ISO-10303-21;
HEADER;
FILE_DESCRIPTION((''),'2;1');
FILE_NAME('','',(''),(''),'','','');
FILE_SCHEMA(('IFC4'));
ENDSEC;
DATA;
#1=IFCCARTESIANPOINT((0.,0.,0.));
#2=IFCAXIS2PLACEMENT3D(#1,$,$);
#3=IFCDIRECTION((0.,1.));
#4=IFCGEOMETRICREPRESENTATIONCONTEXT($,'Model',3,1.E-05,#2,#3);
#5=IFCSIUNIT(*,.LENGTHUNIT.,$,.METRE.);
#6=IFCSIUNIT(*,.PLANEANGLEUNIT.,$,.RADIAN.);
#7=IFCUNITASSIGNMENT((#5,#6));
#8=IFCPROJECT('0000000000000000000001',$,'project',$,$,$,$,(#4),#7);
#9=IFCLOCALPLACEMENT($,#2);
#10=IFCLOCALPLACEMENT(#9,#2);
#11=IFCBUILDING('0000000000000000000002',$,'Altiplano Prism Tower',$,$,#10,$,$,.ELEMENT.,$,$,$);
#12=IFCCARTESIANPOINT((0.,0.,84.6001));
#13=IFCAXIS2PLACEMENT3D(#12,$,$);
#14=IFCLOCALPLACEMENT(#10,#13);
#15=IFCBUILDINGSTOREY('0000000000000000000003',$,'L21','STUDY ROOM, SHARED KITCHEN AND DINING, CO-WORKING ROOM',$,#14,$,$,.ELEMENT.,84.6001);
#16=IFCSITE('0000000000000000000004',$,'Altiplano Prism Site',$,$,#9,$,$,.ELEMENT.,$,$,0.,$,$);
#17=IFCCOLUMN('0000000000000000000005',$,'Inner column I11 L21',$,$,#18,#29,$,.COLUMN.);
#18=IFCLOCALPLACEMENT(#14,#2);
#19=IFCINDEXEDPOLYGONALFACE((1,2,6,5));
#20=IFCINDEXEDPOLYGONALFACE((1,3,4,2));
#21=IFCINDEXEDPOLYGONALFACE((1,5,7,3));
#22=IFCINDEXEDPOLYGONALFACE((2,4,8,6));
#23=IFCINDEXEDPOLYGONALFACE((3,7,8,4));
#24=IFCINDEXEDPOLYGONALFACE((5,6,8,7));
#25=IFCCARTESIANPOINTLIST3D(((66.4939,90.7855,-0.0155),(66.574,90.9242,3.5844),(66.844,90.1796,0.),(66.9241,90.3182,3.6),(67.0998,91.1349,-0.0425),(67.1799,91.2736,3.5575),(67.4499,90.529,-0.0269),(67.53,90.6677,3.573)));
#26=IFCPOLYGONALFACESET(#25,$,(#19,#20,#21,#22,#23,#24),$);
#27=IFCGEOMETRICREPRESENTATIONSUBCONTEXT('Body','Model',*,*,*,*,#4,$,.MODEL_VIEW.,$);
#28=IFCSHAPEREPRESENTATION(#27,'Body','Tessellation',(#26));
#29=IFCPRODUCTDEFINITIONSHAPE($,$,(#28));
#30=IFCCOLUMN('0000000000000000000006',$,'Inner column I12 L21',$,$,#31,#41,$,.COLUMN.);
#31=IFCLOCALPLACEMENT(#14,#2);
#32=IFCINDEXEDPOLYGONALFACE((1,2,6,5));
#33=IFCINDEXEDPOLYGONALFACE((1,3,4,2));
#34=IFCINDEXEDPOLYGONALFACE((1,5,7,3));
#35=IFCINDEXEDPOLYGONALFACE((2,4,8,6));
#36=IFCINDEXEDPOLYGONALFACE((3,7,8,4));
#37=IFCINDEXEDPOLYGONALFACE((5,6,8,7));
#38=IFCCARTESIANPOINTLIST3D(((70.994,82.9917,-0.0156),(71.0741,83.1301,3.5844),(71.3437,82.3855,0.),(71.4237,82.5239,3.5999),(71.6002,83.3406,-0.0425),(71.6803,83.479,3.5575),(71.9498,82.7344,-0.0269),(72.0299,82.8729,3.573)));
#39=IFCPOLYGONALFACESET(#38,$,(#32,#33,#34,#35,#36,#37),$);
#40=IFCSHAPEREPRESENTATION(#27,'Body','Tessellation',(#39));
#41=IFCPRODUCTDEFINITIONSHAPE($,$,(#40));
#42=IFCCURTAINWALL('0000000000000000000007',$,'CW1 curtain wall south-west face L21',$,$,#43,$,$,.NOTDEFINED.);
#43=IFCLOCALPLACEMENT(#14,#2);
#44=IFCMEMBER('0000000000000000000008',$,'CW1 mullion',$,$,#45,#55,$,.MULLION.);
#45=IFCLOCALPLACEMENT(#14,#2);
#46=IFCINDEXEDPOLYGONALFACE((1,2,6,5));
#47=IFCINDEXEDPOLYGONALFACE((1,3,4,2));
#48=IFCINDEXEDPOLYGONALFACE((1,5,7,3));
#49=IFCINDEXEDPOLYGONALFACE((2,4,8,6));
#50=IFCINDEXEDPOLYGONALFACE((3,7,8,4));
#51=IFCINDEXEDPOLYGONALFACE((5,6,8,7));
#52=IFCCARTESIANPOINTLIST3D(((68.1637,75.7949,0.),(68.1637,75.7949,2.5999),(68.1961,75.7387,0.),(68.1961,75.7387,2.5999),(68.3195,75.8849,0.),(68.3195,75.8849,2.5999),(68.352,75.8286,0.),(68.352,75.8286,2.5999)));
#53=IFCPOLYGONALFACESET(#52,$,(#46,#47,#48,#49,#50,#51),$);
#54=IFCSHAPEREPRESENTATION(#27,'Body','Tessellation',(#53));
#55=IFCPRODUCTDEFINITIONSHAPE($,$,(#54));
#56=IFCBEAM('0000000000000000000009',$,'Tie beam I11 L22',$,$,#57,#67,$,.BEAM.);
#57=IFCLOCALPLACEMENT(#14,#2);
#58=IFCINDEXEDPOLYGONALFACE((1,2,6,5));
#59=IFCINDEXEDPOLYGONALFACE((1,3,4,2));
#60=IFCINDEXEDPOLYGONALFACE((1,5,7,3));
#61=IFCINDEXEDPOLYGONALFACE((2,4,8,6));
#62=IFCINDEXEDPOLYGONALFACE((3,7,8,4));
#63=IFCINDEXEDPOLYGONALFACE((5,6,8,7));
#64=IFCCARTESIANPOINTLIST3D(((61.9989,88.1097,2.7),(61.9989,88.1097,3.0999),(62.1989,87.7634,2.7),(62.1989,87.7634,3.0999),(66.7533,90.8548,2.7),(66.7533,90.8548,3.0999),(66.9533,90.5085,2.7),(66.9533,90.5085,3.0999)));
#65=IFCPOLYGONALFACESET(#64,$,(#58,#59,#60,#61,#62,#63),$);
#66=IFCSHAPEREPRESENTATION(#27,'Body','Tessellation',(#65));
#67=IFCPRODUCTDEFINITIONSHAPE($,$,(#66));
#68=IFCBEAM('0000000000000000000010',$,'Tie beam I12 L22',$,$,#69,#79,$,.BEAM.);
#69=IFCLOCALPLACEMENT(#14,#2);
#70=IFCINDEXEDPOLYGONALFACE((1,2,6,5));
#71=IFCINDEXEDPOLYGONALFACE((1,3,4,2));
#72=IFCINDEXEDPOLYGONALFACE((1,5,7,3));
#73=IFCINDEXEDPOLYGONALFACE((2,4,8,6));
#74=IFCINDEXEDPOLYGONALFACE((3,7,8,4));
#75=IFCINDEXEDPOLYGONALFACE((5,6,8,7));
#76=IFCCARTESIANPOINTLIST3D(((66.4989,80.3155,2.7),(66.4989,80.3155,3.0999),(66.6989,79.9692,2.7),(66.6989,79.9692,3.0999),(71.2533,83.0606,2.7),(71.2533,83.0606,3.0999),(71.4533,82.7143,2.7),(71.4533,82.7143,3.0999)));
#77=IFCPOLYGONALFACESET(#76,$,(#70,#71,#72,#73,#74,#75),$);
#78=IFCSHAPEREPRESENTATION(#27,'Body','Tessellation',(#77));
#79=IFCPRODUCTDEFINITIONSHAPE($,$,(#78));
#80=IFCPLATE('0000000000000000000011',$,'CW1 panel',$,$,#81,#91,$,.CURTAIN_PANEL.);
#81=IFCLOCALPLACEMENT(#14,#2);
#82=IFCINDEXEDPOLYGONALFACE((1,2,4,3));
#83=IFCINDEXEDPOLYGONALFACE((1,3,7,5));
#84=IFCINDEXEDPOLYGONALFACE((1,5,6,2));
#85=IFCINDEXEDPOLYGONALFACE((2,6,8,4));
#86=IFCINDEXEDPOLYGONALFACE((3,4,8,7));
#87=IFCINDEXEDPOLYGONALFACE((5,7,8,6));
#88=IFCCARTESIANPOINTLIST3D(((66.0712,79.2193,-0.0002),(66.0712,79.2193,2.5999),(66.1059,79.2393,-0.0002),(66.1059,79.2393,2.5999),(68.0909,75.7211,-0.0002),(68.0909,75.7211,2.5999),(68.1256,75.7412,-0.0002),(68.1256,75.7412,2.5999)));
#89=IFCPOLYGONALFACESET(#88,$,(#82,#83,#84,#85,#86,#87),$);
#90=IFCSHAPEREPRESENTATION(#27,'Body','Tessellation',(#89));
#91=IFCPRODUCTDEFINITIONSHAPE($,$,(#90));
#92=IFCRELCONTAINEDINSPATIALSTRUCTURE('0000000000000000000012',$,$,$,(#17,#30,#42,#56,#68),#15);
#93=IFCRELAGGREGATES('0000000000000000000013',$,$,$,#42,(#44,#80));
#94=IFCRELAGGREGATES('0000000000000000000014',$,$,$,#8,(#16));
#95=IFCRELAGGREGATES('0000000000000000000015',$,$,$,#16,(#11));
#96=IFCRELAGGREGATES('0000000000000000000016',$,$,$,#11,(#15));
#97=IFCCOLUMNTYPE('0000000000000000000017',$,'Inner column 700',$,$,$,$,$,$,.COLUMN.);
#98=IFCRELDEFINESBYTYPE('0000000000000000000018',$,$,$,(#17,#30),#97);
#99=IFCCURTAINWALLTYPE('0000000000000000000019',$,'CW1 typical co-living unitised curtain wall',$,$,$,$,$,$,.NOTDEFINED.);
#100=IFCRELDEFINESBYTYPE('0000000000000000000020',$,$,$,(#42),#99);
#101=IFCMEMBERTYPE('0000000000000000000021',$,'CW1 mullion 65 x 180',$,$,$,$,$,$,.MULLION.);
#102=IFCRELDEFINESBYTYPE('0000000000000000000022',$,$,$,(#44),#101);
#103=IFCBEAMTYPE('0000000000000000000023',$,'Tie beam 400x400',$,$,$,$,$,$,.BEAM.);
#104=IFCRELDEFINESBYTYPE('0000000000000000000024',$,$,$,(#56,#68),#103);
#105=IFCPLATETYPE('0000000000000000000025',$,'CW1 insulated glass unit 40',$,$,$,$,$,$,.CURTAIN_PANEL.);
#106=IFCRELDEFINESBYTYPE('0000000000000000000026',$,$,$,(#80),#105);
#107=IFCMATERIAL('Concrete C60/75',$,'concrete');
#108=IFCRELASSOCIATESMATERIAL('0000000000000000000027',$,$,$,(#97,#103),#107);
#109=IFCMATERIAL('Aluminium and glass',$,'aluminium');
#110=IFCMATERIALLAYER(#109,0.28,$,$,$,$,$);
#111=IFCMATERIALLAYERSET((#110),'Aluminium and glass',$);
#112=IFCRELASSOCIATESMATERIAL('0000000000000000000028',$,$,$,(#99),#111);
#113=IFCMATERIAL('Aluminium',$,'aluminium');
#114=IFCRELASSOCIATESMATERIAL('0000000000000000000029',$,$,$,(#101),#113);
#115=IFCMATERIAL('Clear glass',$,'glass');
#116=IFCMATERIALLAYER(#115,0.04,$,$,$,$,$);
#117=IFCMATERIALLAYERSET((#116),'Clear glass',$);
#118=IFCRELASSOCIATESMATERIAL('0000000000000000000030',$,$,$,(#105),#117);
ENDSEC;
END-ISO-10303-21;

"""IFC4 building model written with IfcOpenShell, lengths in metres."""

from ifc_helpers import new_model, si_unit, direction, frame, origin, origin_2d, place, context, subcontext, project, spatial, rectangle, extrude, material, layer, layer_set, material_profile, profile_set, type_object, element, aggregate, save


model = new_model("IFC4")

# Units and contexts
model_context = context("Model", 3, precision=1e-05, world=origin(), true_north=direction((0.0, 1.0)))
body_context = subcontext(model_context, "Body", "Model", "MODEL_VIEW")
ifc_project = project(units=[si_unit("LENGTHUNIT", "METRE"), si_unit("PLANEANGLEUNIT", "RADIAN")], contexts=[model_context])

# Site, building, storey
site_placement = place(None, origin())
site = spatial("IfcSite", under=ifc_project, at=site_placement, Name="Altiplano Prism Site", CompositionType="ELEMENT", RefElevation=0.0)
building_placement = place(site_placement, origin())
building = spatial("IfcBuilding", under=site, at=building_placement, Name="Altiplano Prism Tower", CompositionType="ELEMENT")
storey_placement = place(building_placement, frame((0.0, 0.0, 84.6001)))
storey = spatial("IfcBuildingStorey", under=building, at=storey_placement, Name="L21", Description="STUDY ROOM, SHARED KITCHEN AND DINING, CO-WORKING ROOM", CompositionType="ELEMENT", Elevation=84.6001)

# Columns
ifc_material_1 = material(Name="Concrete C60/75", Category="concrete")
ifc_material_profile_1 = material_profile(ifc_material_1, rectangle(XDim=0.7, YDim=0.7, at=origin_2d()), Name="Inner column 700")
ifc_profile_set_1 = profile_set([ifc_material_profile_1], Name="Concrete C60/75")
column_type = type_object("IfcColumnType", Name="Inner column 700", PredefinedType="COLUMN", material=ifc_profile_set_1)
for number, where, z_axis, x_axis, name in (
    (1, (66.9719, 90.6572, -0.0212), (0.022223, 0.038483, 0.999012), (-0.865642, -0.499182, 0.038485), "Inner column I11 L21"),
    (2, (71.4719, 82.863, -0.0212), (0.022223, 0.038416, 0.999015), (-0.866024, -0.498523, 0.038435), "Inner column I12 L21"),
):
    element("IfcColumn", number, at=place(storey_placement, frame(where, z_axis=z_axis, x_axis=x_axis)), inside=storey, type_object=column_type, Name=name, PredefinedType="COLUMN", context=body_context, shape_type="SweptSolid", body=[
        extrude(rectangle(XDim=0.7, YDim=0.7, at=origin_2d()), origin(), (0.0, 0.0, 1.0), 3.6035),
    ])

# Curtain wall, member
ifc_material_2 = material(Name="Aluminium and glass", Category="aluminium")
ifc_layer_1 = layer(ifc_material_2, 0.28)
ifc_layer_set_1 = layer_set([ifc_layer_1], Name="Aluminium and glass")
curtain_wall_type = type_object("IfcCurtainWallType", Name="CW1 typical co-living unitised curtain wall", PredefinedType="NOTDEFINED", material=ifc_layer_set_1)
curtain_wall_placement = place(storey_placement, origin())
curtain_wall = element("IfcCurtainWall", 3, at=curtain_wall_placement, inside=storey, type_object=curtain_wall_type, Name="CW1 curtain wall south-west face L21", PredefinedType="NOTDEFINED")
ifc_material_3 = material(Name="Aluminium", Category="aluminium")
ifc_material_profile_2 = material_profile(ifc_material_3, rectangle(XDim=0.1799, YDim=0.0649, at=origin_2d()), Name="CW1 mullion 65 x 180")
ifc_profile_set_2 = profile_set([ifc_material_profile_2], Name="Aluminium")
member_type = type_object("IfcMemberType", Name="CW1 mullion 65 x 180", PredefinedType="MULLION", material=ifc_profile_set_2)
member_placement = place(storey_placement, frame((68.2578, 75.8118, 0.0), z_axis=(0.0, 0.0, 1.0), x_axis=(0.866025, 0.5, 0.0)))
member = element("IfcMember", 4, at=member_placement, type_object=member_type, Name="CW1 mullion", PredefinedType="MULLION", context=body_context, shape_type="SweptSolid", body=[
    extrude(rectangle(XDim=0.1799, YDim=0.0649, at=origin_2d()), origin(), (0.0, 0.0, 1.0), 2.5999),
])

# Beams
ifc_material_profile_3 = material_profile(ifc_material_1, rectangle(XDim=0.3999, YDim=0.3999, at=origin_2d()), Name="Tie beam 400x400")
ifc_profile_set_3 = profile_set([ifc_material_profile_3], Name="Concrete C60/75")
beam_type = type_object("IfcBeamType", Name="Tie beam 400x400", PredefinedType="BEAM", material=ifc_profile_set_3)
for number, where, z_axis, x_axis, name in (
    (5, (66.8533, 90.6816, 2.8999), (-0.866012, -0.500023, 0.0), (0.500023, -0.866012, 0.0), "Tie beam I11 L22"),
    (6, (71.3533, 82.8875, 2.8999), (-0.866012, -0.500023, 0.0), (0.500023, -0.866012, 0.0), "Tie beam I12 L22"),
):
    element("IfcBeam", number, at=place(storey_placement, frame(where, z_axis=z_axis, x_axis=x_axis)), inside=storey, type_object=beam_type, Name=name, PredefinedType="BEAM", context=body_context, shape_type="SweptSolid", body=[
        extrude(rectangle(XDim=0.3999, YDim=0.3999, at=origin_2d()), origin(), (0.0, 0.0, 1.0), 5.49),
    ])

# Plate
ifc_material_4 = material(Name="Clear glass", Category="glass")
ifc_layer_2 = layer(ifc_material_4, 0.04)
ifc_layer_set_2 = layer_set([ifc_layer_2], Name="Clear glass")
plate_type = type_object("IfcPlateType", Name="CW1 insulated glass unit 40", PredefinedType="CURTAIN_PANEL", material=ifc_layer_set_2)
plate_placement = place(storey_placement, frame((67.0984, 77.4802, -0.0002), z_axis=(0.0, 0.0, 1.0), x_axis=(0.5, -0.866025, 0.0)))
plate = element("IfcPlate", 7, at=plate_placement, type_object=plate_type, Name="CW1 panel", PredefinedType="CURTAIN_PANEL", context=body_context, shape_type="SweptSolid", body=[
    extrude(rectangle(XDim=4.0393, YDim=0.04, at=origin_2d()), origin(), (0.0, 0.0, 1.0), 2.6001),
])
aggregate(curtain_wall, [member, plate])

save(model, "model.ifc")
